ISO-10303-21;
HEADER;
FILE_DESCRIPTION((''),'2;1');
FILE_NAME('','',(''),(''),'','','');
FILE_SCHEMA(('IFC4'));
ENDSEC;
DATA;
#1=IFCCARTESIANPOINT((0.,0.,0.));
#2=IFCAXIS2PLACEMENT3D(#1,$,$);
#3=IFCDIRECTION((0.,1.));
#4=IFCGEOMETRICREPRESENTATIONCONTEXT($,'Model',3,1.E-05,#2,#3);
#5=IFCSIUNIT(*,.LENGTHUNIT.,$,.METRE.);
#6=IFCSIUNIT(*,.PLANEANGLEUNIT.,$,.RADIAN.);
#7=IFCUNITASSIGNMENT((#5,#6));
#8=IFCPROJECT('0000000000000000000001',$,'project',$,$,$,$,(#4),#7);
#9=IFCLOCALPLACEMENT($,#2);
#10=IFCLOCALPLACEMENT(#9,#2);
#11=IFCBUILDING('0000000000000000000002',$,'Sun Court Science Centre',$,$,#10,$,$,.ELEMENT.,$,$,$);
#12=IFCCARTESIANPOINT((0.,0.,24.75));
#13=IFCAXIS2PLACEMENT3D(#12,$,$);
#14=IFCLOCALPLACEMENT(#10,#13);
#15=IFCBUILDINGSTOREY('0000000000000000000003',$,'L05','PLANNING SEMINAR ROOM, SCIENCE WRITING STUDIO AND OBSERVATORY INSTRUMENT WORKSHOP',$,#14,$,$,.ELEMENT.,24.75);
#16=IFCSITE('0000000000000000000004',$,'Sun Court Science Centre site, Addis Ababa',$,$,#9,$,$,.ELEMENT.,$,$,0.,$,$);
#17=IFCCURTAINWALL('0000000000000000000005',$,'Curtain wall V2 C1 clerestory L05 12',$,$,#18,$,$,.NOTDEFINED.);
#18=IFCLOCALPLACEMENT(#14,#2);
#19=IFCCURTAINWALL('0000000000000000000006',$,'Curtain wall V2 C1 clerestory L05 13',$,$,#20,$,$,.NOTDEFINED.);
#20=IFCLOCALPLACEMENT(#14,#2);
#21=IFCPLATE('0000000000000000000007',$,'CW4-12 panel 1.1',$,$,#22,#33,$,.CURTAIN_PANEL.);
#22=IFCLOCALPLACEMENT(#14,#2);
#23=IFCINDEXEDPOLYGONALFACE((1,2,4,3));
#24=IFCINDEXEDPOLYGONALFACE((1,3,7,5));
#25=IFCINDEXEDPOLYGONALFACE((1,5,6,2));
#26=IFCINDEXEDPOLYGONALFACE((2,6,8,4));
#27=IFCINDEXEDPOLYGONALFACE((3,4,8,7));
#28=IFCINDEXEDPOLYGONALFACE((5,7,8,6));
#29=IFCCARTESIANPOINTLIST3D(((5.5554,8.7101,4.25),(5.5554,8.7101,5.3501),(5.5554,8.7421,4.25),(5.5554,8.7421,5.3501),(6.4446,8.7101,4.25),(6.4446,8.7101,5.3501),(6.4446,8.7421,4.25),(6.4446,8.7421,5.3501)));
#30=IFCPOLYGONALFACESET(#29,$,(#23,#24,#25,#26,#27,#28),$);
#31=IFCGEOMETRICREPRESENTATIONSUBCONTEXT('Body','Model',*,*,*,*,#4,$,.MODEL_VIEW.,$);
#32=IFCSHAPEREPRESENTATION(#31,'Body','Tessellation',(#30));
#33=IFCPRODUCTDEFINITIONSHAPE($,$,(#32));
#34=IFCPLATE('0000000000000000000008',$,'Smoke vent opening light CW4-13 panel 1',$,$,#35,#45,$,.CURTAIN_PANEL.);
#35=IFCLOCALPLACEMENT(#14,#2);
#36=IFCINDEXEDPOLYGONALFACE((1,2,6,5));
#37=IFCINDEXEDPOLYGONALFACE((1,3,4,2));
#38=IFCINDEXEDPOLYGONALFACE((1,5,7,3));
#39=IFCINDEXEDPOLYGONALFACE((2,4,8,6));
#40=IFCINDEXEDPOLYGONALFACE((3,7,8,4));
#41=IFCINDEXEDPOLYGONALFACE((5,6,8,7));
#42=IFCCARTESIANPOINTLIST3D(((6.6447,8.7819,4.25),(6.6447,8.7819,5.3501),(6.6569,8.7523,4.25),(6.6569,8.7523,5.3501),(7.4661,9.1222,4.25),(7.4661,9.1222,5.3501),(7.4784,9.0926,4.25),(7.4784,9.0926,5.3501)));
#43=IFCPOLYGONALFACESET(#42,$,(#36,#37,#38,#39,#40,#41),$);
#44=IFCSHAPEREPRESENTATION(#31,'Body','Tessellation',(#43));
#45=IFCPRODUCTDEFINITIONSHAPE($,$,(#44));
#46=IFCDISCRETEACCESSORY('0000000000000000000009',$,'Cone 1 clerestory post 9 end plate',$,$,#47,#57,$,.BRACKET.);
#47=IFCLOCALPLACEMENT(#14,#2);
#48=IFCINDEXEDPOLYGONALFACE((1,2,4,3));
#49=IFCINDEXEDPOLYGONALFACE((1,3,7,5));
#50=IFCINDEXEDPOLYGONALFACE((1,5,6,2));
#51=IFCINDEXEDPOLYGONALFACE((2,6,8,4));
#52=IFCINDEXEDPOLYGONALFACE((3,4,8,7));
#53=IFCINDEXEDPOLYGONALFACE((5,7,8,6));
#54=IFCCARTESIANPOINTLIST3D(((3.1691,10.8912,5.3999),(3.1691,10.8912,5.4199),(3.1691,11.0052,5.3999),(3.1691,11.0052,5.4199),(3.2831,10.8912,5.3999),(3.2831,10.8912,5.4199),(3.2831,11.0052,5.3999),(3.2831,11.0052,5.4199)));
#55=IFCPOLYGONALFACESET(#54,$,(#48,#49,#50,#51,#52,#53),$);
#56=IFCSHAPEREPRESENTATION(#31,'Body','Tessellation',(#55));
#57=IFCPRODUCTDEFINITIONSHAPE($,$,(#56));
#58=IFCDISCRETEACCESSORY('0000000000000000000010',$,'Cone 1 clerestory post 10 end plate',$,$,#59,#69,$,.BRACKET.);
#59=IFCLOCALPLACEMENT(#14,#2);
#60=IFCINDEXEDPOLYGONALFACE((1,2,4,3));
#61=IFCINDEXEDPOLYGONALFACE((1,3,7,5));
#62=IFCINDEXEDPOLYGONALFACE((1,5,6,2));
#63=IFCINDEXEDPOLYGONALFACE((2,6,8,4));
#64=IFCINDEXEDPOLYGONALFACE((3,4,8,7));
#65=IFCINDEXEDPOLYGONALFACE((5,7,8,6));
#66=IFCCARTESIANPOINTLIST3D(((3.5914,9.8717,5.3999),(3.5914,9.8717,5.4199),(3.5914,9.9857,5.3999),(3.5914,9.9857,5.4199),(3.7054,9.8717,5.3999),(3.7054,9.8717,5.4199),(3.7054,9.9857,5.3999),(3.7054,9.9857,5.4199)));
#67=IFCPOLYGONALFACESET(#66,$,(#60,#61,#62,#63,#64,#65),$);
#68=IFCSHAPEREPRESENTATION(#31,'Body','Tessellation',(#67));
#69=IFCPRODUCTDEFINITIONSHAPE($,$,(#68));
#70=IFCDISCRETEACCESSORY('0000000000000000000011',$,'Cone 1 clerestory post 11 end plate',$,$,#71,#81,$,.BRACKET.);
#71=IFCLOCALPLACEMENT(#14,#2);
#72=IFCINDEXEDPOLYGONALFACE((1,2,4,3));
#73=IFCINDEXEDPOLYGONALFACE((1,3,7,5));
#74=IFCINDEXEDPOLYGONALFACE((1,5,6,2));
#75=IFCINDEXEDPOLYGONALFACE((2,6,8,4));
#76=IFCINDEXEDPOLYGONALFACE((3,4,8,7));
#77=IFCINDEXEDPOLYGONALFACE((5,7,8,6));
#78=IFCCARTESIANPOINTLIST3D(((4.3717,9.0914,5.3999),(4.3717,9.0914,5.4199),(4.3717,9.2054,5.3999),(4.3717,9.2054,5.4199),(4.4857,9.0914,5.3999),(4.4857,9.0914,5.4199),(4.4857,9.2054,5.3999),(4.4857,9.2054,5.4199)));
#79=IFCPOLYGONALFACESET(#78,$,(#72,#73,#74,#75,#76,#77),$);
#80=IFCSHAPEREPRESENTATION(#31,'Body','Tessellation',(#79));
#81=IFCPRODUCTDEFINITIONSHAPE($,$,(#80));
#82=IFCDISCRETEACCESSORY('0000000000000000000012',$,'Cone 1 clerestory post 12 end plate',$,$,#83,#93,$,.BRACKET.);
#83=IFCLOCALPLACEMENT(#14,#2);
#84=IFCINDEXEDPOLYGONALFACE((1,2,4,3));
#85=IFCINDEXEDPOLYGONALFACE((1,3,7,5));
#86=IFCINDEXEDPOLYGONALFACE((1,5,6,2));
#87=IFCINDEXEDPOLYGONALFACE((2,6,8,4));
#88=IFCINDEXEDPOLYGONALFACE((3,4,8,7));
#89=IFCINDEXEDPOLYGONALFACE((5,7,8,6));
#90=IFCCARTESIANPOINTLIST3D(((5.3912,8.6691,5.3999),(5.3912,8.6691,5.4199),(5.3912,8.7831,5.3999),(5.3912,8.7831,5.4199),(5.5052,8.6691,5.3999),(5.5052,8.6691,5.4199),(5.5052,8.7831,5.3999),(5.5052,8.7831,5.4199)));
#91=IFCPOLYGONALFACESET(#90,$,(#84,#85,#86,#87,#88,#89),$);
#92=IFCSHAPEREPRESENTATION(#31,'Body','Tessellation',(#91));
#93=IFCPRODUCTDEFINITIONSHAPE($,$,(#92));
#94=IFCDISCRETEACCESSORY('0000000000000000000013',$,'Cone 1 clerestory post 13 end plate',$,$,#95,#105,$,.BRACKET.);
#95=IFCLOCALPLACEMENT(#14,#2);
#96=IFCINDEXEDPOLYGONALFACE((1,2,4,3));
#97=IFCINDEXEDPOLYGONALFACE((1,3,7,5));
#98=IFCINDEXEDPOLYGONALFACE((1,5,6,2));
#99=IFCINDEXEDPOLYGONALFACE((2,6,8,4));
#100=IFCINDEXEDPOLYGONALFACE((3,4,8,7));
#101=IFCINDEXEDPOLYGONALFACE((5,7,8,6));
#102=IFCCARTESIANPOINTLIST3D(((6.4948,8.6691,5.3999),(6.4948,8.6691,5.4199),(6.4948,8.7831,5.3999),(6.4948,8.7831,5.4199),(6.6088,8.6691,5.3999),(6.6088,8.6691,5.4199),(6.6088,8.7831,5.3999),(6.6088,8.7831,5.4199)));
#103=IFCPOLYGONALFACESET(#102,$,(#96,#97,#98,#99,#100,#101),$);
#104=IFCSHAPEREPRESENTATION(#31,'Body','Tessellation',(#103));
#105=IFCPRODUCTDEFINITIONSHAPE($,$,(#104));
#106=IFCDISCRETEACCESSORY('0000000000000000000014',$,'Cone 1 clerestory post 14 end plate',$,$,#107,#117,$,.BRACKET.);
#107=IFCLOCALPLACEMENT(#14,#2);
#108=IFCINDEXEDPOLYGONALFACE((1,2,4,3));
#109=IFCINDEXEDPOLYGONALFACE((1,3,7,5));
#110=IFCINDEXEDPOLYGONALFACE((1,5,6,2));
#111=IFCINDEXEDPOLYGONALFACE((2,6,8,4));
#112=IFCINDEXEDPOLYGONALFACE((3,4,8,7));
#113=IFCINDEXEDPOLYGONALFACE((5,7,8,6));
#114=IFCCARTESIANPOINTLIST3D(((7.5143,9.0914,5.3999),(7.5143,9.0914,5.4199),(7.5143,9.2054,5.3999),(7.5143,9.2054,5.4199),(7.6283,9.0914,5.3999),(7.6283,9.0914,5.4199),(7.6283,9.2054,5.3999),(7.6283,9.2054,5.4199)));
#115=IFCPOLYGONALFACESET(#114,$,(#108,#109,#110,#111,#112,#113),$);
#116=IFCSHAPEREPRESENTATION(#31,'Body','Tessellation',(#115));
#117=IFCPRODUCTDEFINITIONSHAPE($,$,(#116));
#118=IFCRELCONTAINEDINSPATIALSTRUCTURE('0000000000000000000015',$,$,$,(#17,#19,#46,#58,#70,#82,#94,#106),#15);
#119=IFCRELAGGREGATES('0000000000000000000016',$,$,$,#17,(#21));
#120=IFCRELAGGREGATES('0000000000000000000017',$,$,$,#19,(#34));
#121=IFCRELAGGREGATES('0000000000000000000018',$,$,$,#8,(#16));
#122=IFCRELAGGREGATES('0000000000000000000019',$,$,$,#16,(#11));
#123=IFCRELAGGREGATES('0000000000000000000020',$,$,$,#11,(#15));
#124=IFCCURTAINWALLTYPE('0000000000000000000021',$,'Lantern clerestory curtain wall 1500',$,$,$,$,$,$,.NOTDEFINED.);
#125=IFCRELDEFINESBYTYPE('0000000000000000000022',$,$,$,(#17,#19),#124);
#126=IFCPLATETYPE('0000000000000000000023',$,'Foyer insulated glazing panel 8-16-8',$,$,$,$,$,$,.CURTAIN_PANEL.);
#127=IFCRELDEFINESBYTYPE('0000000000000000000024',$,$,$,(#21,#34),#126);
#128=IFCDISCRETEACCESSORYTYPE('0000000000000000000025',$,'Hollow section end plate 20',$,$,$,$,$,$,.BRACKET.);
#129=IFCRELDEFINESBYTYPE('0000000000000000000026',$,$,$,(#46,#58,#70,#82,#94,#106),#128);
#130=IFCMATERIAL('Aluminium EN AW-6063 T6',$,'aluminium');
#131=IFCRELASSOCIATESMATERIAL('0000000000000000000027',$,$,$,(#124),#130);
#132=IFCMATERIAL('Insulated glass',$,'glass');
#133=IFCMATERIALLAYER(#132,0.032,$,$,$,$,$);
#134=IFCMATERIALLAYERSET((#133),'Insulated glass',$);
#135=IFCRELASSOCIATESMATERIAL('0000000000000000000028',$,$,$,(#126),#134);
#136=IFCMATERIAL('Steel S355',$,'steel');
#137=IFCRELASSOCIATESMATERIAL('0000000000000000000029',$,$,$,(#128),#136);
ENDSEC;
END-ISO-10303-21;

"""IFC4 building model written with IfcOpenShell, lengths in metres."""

from ifc_helpers import new_model, si_unit, direction, frame, origin, origin_2d, place, context, subcontext, project, spatial, rectangle, extrude, material, layer, layer_set, type_object, element, aggregate, save


model = new_model("IFC4")

# Units and contexts
model_context = context("Model", 3, precision=1e-05, world=origin(), true_north=direction((0.0, 1.0)))
body_context = subcontext(model_context, "Body", "Model", "MODEL_VIEW")
ifc_project = project(units=[si_unit("LENGTHUNIT", "METRE"), si_unit("PLANEANGLEUNIT", "RADIAN")], contexts=[model_context])

# Site, building, storey
site_placement = place(None, origin())
site = spatial("IfcSite", under=ifc_project, at=site_placement, Name="Sun Court Science Centre site, Addis Ababa", CompositionType="ELEMENT", RefElevation=0.0)
building_placement = place(site_placement, origin())
building = spatial("IfcBuilding", under=site, at=building_placement, Name="Sun Court Science Centre", CompositionType="ELEMENT")
storey_placement = place(building_placement, frame((0.0, 0.0, 24.75)))
storey = spatial("IfcBuildingStorey", under=building, at=storey_placement, Name="L05", Description="PLANNING SEMINAR ROOM, SCIENCE WRITING STUDIO AND OBSERVATORY INSTRUMENT WORKSHOP", CompositionType="ELEMENT", Elevation=24.75)

# Curtain walls
ifc_material_1 = material(Name="Aluminium EN AW-6063 T6", Category="aluminium")
curtain_wall_type = type_object("IfcCurtainWallType", Name="Lantern clerestory curtain wall 1500", PredefinedType="NOTDEFINED", material=ifc_material_1)
curtain_wall_1_placement = place(storey_placement, origin())
curtain_wall_1 = element("IfcCurtainWall", 1, at=curtain_wall_1_placement, inside=storey, type_object=curtain_wall_type, Name="Curtain wall V2 C1 clerestory L05 12", PredefinedType="NOTDEFINED")
curtain_wall_2_placement = place(storey_placement, origin())
curtain_wall_2 = element("IfcCurtainWall", 2, at=curtain_wall_2_placement, inside=storey, type_object=curtain_wall_type, Name="Curtain wall V2 C1 clerestory L05 13", PredefinedType="NOTDEFINED")

# Plates
ifc_material_2 = material(Name="Insulated glass", Category="glass")
ifc_layer = layer(ifc_material_2, 0.032)
ifc_layer_set = layer_set([ifc_layer], Name="Insulated glass")
plate_type = type_object("IfcPlateType", Name="Foyer insulated glazing panel 8-16-8", PredefinedType="CURTAIN_PANEL", material=ifc_layer_set)
plate_1_placement = place(storey_placement, frame((6.0, 8.7261, 4.25), z_axis=(0.0, 0.0, 1.0), x_axis=(-1.0, 0.0, 0.0)))
plate_1 = element("IfcPlate", 3, at=plate_1_placement, type_object=plate_type, Name="CW4-12 panel 1.1", PredefinedType="CURTAIN_PANEL", context=body_context, shape_type="SweptSolid", body=[
    extrude(rectangle(XDim=0.8892, YDim=0.032, at=origin_2d()), origin(), (0.0, 0.0, 1.0), 1.1001),
])
aggregate(curtain_wall_1, [plate_1])
plate_2_placement = place(storey_placement, frame((7.0615, 8.9373, 4.25), z_axis=(0.0, 0.0, 1.0), x_axis=(-0.92388, -0.382683, 0.0)))
plate_2 = element("IfcPlate", 4, at=plate_2_placement, type_object=plate_type, Name="Smoke vent opening light CW4-13 panel 1", PredefinedType="CURTAIN_PANEL", context=body_context, shape_type="SweptSolid", body=[
    extrude(rectangle(XDim=0.8892, YDim=0.032, at=origin_2d()), origin(), (0.0, 0.0, 1.0), 1.1001),
])
aggregate(curtain_wall_2, [plate_2])

# Discrete accessories
ifc_material_3 = material(Name="Steel S355", Category="steel")
discrete_accessory_type = type_object("IfcDiscreteAccessoryType", Name="Hollow section end plate 20", PredefinedType="BRACKET", material=ifc_material_3)
for number, where, z_axis, x_axis, name in (
    (5, (3.2261, 10.9482, 5.3999), (0.0, 0.0, 1.0), (1.0, 0.0, 0.0), "Cone 1 clerestory post 9 end plate"),
    (6, (3.6484, 9.9287, 5.3999), (0.0, 0.0, 1.0), (1.0, 0.0, 0.0), "Cone 1 clerestory post 10 end plate"),
    (7, (4.4287, 9.1484, 5.3999), (0.0, 0.0, 1.0), (1.0, 0.0, 0.0), "Cone 1 clerestory post 11 end plate"),
    (8, (5.4482, 8.7261, 5.3999), (0.0, 0.0, 1.0), (1.0, 0.0, 0.0), "Cone 1 clerestory post 12 end plate"),
    (9, (6.5518, 8.7261, 5.3999), (0.0, 0.0, 1.0), (1.0, 0.0, 0.0), "Cone 1 clerestory post 13 end plate"),
    (10, (7.5713, 9.1484, 5.3999), (0.0, 0.0, 1.0), (1.0, 0.0, 0.0), "Cone 1 clerestory post 14 end plate"),
):
    element("IfcDiscreteAccessory", number, at=place(storey_placement, frame(where, z_axis=z_axis, x_axis=x_axis)), inside=storey, type_object=discrete_accessory_type, Name=name, PredefinedType="BRACKET", context=body_context, shape_type="SweptSolid", body=[
        extrude(rectangle(XDim=0.114, YDim=0.114, at=origin_2d()), origin(), (0.0, 0.0, 1.0), 0.02),
    ])

save(model, "model.ifc")
